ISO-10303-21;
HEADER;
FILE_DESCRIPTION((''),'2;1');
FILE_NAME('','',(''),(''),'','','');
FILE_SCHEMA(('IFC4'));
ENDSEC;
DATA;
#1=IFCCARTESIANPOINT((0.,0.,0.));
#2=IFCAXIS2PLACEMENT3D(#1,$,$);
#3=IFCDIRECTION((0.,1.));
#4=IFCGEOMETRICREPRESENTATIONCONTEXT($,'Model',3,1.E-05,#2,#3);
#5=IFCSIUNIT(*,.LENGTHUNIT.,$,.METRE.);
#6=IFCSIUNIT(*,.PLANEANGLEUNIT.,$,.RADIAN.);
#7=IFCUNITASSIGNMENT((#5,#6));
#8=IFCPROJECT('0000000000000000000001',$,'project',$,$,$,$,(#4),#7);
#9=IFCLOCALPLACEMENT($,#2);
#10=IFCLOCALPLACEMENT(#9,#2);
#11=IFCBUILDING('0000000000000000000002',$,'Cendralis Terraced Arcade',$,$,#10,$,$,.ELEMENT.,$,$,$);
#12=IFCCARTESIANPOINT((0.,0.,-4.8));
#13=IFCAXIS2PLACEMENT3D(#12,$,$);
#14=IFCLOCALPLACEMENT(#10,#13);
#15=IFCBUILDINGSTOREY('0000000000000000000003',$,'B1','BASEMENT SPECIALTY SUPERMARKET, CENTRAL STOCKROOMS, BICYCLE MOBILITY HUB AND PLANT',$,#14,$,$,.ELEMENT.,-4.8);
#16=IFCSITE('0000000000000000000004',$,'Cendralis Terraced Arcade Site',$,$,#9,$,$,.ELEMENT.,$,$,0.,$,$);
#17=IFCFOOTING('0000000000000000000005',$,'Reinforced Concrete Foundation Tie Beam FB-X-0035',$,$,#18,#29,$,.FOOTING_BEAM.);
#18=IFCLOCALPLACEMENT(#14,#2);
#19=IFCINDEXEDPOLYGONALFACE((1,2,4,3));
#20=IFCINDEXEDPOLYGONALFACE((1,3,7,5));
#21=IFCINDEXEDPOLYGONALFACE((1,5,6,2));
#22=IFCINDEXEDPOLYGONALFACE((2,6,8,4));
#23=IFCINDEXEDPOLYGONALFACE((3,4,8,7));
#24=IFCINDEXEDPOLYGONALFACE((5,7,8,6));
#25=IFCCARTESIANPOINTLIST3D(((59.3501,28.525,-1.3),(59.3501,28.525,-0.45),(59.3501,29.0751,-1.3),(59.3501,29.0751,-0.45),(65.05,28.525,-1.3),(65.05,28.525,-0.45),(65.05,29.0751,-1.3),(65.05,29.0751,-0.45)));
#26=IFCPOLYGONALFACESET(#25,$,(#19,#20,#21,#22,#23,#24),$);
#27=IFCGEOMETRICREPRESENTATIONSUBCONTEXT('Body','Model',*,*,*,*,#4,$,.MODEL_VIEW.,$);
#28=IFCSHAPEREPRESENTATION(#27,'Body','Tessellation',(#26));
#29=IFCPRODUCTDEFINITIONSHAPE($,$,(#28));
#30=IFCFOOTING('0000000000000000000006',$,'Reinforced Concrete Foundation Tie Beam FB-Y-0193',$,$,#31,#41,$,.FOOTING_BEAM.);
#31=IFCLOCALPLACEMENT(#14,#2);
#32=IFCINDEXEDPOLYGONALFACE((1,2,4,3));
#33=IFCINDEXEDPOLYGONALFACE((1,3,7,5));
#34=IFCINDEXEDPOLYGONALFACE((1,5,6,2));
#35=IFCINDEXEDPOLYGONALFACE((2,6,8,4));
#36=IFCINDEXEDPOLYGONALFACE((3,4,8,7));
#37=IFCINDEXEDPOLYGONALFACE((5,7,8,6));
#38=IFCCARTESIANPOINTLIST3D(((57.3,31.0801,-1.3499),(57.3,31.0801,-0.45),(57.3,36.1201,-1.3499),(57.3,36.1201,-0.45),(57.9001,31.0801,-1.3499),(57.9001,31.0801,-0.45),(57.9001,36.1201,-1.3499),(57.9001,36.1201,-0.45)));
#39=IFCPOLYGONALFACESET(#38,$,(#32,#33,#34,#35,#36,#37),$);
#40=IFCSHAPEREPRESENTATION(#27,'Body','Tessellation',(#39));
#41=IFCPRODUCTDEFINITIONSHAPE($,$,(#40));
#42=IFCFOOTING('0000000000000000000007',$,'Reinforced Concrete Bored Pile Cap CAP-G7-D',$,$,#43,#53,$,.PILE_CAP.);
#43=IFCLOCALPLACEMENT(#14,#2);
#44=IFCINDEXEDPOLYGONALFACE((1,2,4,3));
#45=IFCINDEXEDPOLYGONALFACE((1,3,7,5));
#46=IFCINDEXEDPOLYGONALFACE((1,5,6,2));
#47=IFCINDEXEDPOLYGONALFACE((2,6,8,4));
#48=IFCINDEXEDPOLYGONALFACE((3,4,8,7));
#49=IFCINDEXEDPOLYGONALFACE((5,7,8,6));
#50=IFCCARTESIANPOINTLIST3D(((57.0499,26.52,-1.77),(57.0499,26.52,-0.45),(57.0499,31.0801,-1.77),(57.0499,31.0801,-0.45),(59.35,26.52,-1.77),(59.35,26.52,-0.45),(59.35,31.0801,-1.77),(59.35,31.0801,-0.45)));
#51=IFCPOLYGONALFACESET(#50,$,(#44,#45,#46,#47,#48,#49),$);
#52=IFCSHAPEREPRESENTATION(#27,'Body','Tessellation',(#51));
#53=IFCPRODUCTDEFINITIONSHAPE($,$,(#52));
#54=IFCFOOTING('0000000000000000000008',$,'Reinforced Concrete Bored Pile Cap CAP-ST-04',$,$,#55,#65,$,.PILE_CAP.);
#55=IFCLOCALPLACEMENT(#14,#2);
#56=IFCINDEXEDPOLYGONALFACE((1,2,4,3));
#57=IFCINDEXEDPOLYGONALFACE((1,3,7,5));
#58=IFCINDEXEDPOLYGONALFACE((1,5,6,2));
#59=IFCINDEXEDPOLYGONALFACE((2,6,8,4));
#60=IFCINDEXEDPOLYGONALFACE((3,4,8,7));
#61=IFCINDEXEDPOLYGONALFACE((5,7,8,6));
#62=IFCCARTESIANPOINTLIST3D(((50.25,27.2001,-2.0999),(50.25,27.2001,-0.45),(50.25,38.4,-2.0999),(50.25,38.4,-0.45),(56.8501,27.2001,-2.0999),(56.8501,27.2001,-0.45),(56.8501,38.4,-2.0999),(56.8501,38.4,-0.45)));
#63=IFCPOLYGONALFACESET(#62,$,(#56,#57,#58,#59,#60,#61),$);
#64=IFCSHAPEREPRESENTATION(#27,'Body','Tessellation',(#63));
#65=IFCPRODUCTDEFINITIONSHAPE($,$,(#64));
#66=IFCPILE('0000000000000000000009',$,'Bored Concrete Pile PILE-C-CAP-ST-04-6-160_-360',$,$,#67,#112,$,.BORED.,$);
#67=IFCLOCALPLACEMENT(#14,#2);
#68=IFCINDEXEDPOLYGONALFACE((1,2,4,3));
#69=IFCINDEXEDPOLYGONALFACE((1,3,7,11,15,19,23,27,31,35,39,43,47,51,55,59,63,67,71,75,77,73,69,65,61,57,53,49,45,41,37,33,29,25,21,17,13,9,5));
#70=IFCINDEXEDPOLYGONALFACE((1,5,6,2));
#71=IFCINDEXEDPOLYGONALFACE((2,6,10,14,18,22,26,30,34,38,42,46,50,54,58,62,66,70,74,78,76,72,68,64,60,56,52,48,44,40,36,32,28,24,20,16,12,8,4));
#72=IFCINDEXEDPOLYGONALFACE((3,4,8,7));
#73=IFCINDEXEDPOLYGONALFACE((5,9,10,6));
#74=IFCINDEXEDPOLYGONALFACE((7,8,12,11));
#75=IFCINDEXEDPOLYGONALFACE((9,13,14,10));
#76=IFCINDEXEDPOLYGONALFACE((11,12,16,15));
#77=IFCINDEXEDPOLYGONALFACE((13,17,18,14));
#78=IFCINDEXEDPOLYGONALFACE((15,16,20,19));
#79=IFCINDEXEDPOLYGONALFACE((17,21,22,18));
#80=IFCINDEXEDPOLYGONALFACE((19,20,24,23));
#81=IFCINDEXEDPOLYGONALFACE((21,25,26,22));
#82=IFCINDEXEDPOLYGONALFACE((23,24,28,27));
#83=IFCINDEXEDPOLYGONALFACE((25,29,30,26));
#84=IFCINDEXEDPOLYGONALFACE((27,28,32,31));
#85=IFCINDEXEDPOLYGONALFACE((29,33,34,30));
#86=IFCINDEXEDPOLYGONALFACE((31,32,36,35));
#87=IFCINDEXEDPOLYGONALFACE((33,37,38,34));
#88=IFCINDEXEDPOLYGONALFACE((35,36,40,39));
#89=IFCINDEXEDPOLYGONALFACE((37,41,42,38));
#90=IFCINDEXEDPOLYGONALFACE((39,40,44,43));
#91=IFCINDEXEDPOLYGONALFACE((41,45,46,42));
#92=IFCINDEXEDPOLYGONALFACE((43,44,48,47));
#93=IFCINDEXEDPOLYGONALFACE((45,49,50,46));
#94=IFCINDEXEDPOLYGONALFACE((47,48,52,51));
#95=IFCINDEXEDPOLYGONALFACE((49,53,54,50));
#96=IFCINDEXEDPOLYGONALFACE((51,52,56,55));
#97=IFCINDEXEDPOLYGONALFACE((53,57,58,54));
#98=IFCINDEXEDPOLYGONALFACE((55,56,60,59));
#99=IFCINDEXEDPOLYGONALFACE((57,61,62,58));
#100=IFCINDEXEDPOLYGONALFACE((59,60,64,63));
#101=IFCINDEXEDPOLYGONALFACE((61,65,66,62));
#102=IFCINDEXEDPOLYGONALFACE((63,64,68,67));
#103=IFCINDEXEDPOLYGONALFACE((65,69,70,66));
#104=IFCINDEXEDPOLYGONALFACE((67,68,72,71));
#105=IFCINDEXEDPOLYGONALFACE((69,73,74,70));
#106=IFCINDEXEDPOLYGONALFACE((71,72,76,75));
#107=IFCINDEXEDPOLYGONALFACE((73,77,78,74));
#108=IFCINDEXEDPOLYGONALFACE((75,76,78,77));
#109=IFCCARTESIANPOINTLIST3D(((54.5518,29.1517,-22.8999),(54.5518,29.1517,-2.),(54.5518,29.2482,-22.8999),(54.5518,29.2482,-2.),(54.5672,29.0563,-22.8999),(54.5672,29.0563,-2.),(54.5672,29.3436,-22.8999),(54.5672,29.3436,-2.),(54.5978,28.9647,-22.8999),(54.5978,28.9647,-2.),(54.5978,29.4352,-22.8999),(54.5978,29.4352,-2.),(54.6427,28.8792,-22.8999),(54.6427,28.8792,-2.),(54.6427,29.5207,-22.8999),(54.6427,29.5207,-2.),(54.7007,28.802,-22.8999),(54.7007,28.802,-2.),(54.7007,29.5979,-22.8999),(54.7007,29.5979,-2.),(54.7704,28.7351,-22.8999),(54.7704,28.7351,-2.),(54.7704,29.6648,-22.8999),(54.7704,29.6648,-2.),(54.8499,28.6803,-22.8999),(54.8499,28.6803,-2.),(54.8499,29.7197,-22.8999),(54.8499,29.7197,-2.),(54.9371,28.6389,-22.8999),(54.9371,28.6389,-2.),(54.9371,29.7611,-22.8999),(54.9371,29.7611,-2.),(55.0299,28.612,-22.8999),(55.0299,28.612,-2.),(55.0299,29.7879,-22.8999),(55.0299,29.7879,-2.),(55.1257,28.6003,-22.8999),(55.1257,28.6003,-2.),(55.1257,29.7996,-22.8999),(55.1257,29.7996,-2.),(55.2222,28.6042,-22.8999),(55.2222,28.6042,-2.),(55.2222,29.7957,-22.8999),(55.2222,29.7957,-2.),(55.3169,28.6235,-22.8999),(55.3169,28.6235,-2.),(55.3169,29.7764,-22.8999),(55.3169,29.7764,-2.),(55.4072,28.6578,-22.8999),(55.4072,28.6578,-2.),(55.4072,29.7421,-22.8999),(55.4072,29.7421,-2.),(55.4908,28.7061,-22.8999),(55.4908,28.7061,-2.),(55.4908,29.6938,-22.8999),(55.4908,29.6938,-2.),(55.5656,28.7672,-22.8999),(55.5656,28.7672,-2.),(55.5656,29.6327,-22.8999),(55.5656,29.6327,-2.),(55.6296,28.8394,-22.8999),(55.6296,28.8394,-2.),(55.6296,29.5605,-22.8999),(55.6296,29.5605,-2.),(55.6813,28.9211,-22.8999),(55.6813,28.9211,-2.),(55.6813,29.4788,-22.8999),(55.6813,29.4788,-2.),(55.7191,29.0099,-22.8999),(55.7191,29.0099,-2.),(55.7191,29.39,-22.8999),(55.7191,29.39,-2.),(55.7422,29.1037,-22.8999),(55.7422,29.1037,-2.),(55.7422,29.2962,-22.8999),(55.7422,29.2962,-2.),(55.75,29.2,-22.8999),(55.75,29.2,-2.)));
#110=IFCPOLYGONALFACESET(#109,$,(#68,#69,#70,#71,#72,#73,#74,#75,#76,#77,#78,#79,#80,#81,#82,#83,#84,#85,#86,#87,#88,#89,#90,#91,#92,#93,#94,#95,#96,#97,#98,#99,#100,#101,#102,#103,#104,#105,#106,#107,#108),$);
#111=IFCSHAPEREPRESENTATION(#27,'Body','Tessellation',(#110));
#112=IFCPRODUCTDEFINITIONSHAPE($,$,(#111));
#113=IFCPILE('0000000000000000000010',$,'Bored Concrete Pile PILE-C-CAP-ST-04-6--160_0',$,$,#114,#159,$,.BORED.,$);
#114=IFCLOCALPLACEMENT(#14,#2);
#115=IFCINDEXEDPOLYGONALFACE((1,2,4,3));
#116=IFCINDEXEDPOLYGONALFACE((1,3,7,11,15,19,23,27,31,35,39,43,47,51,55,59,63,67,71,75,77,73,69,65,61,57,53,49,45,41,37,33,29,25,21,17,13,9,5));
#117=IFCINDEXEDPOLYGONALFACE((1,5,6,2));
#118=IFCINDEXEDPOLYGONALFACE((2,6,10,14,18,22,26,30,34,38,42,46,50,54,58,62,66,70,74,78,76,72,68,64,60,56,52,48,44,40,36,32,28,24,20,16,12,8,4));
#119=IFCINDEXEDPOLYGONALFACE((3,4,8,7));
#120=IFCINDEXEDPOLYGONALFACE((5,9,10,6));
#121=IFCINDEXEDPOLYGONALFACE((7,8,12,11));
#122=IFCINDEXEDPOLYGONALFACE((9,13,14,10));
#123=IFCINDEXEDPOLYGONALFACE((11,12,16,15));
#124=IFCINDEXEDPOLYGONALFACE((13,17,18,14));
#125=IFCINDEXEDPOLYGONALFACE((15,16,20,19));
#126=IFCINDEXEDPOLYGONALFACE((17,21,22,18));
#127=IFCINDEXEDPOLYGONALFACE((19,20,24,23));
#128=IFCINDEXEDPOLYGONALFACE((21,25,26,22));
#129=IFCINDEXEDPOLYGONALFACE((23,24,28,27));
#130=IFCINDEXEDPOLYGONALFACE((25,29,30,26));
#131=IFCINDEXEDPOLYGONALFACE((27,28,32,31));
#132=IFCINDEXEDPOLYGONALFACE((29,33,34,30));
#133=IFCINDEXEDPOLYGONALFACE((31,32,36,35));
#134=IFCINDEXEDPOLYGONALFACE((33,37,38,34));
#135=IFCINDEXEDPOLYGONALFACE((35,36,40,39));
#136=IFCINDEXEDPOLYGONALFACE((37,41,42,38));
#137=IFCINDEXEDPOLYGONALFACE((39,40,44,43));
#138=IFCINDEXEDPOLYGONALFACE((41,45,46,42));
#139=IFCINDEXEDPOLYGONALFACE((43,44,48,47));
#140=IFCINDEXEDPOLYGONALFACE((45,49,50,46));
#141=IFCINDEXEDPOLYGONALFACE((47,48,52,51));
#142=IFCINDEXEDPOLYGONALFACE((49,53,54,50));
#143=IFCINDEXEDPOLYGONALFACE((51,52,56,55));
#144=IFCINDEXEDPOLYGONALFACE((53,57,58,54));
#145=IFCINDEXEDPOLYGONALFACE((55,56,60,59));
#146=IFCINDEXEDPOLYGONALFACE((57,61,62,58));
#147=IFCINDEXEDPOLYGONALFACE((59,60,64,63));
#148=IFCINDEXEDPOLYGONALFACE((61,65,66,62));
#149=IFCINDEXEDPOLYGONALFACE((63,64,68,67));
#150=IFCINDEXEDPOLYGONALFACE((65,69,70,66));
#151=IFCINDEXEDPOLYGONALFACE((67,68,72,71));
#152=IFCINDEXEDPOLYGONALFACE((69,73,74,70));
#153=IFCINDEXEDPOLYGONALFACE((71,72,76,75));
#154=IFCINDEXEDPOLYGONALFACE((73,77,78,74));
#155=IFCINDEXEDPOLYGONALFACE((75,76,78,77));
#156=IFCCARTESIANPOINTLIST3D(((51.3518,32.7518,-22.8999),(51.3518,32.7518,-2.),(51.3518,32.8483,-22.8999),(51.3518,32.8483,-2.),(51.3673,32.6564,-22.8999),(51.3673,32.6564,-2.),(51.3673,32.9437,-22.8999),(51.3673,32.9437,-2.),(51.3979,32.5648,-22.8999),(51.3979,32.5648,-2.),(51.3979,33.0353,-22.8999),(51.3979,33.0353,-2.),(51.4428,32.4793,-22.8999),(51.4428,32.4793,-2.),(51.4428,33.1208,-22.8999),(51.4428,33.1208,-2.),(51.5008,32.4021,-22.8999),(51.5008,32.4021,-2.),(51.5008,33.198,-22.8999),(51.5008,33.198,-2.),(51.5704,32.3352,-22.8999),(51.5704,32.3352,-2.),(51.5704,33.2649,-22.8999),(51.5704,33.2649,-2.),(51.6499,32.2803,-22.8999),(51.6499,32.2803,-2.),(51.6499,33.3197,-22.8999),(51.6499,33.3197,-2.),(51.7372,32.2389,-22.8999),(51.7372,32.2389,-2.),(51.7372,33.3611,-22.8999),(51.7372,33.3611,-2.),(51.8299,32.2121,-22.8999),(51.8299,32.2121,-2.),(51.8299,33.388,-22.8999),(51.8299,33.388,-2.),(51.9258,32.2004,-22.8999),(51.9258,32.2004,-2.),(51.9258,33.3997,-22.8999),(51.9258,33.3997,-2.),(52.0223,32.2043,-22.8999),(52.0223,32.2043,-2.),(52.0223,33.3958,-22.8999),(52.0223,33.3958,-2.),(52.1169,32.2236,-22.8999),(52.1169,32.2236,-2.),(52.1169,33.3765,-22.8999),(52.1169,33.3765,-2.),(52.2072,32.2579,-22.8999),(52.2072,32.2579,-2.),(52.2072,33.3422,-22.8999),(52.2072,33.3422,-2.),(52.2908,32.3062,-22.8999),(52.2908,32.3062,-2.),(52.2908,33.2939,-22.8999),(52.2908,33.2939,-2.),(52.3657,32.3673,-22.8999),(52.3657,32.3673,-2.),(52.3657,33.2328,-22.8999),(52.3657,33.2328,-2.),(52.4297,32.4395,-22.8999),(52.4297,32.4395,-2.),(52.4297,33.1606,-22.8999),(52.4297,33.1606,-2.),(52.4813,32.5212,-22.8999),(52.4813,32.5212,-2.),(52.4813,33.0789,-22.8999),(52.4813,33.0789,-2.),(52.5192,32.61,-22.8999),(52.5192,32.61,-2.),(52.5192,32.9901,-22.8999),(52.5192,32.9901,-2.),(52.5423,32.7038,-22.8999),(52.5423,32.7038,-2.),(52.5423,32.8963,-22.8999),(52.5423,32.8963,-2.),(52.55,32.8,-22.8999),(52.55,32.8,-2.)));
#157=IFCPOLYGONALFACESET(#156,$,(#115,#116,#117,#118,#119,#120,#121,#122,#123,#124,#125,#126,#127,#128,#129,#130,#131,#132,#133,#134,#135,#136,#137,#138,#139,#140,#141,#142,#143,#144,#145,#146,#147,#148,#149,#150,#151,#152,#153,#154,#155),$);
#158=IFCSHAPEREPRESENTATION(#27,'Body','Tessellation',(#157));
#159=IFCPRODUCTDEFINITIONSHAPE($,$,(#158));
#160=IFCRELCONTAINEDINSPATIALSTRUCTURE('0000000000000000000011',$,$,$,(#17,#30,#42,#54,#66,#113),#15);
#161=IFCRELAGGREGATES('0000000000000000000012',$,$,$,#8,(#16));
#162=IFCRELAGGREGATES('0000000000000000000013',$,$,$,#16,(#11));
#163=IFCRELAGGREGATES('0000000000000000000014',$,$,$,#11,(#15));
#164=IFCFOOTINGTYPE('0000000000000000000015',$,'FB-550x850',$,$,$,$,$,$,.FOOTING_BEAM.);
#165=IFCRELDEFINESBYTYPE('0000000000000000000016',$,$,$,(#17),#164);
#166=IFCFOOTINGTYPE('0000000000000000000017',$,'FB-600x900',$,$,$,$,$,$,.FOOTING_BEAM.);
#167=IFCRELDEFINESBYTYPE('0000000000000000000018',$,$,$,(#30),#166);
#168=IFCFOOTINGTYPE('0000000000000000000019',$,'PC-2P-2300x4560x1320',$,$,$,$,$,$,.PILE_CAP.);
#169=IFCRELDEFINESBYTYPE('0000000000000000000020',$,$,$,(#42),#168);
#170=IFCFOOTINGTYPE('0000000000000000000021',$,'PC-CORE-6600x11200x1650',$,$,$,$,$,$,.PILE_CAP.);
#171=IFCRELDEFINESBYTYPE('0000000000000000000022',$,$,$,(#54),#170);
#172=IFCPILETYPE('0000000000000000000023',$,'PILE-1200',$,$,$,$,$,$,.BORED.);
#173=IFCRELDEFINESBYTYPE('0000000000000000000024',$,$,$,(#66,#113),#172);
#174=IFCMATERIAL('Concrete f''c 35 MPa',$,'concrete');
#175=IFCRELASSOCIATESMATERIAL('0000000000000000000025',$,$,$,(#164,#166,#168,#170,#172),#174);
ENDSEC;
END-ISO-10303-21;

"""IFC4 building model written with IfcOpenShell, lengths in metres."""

from ifc_helpers import new_model, si_unit, direction, frame, origin, origin_2d, place, context, subcontext, project, spatial, rectangle, circle, extrude, material, material_profile, profile_set, type_object, element, save


model = new_model("IFC4")

# Units and contexts
model_context = context("Model", 3, precision=1e-05, world=origin(), true_north=direction((0.0, 1.0)))
body_context = subcontext(model_context, "Body", "Model", "MODEL_VIEW")
ifc_project = project(units=[si_unit("LENGTHUNIT", "METRE"), si_unit("PLANEANGLEUNIT", "RADIAN")], contexts=[model_context])

# Site, building, storey
site_placement = place(None, origin())
site = spatial("IfcSite", under=ifc_project, at=site_placement, Name="Cendralis Terraced Arcade Site", CompositionType="ELEMENT", RefElevation=0.0)
building_placement = place(site_placement, origin())
building = spatial("IfcBuilding", under=site, at=building_placement, Name="Cendralis Terraced Arcade", CompositionType="ELEMENT")
storey_placement = place(building_placement, frame((0.0, 0.0, -4.8)))
storey = spatial("IfcBuildingStorey", under=building, at=storey_placement, Name="B1", Description="BASEMENT SPECIALTY SUPERMARKET, CENTRAL STOCKROOMS, BICYCLE MOBILITY HUB AND PLANT", CompositionType="ELEMENT", Elevation=-4.8)

# Footings
ifc_material_1 = material(Name="Concrete f'c 35 MPa", Category="concrete")
ifc_material_profile_1 = material_profile(ifc_material_1, rectangle(XDim=0.55, YDim=0.8501, at=origin_2d()), Name="FB-550x850", Category="LoadBearing")
ifc_profile_set_1 = profile_set([ifc_material_profile_1], Name="Concrete f'c 35 MPa")
footing_type_1 = type_object("IfcFootingType", Name="FB-550x850", PredefinedType="FOOTING_BEAM", material=ifc_profile_set_1)
footing_1_placement = place(storey_placement, frame((59.3501, 28.8, -0.875), z_axis=(1.0, 0.0, 0.0), x_axis=(0.0, 1.0, 0.0)))
element("IfcFooting", 1, at=footing_1_placement, inside=storey, type_object=footing_type_1, Name="Reinforced Concrete Foundation Tie Beam FB-X-0035", PredefinedType="FOOTING_BEAM", context=body_context, shape_type="SweptSolid", body=[
    extrude(rectangle(XDim=0.55, YDim=0.8501, at=origin_2d()), origin(), (0.0, 0.0, 1.0), 5.7),
])
ifc_material_profile_2 = material_profile(ifc_material_1, rectangle(XDim=0.6001, YDim=0.8999, at=origin_2d()), Name="FB-600x900", Category="LoadBearing")
ifc_profile_set_2 = profile_set([ifc_material_profile_2], Name="Concrete f'c 35 MPa")
footing_type_2 = type_object("IfcFootingType", Name="FB-600x900", PredefinedType="FOOTING_BEAM", material=ifc_profile_set_2)
footing_2_placement = place(storey_placement, frame((57.6001, 31.0801, -0.8999), z_axis=(0.0, 1.0, 0.0), x_axis=(-1.0, 0.0, 0.0)))
element("IfcFooting", 2, at=footing_2_placement, inside=storey, type_object=footing_type_2, Name="Reinforced Concrete Foundation Tie Beam FB-Y-0193", PredefinedType="FOOTING_BEAM", context=body_context, shape_type="SweptSolid", body=[
    extrude(rectangle(XDim=0.6001, YDim=0.8999, at=origin_2d()), origin(), (0.0, 0.0, 1.0), 5.04),
])
footing_type_3 = type_object("IfcFootingType", Name="PC-2P-2300x4560x1320", PredefinedType="PILE_CAP", material=ifc_material_1)
footing_3_placement = place(storey_placement, frame((58.2, 28.8, -1.77), z_axis=(0.0, 0.0, 1.0), x_axis=(1.0, 0.0, 0.0)))
element("IfcFooting", 3, at=footing_3_placement, inside=storey, type_object=footing_type_3, Name="Reinforced Concrete Bored Pile Cap CAP-G7-D", PredefinedType="PILE_CAP", context=body_context, shape_type="SweptSolid", body=[
    extrude(rectangle(XDim=2.3, YDim=4.5601, at=origin_2d()), origin(), (0.0, 0.0, 1.0), 1.3201),
])
footing_type_4 = type_object("IfcFootingType", Name="PC-CORE-6600x11200x1650", PredefinedType="PILE_CAP", material=ifc_material_1)
footing_4_placement = place(storey_placement, frame((53.55, 32.8, -2.0999), z_axis=(0.0, 0.0, 1.0), x_axis=(1.0, 0.0, 0.0)))
element("IfcFooting", 4, at=footing_4_placement, inside=storey, type_object=footing_type_4, Name="Reinforced Concrete Bored Pile Cap CAP-ST-04", PredefinedType="PILE_CAP", context=body_context, shape_type="SweptSolid", body=[
    extrude(rectangle(XDim=6.6001, YDim=11.2, at=origin_2d()), origin(), (0.0, 0.0, 1.0), 1.6499),
])

# Piles
ifc_material_profile_3 = material_profile(ifc_material_1, circle(Radius=0.6001, at=origin_2d()), Name="PILE-D1200", Category="LoadBearing")
ifc_profile_set_3 = profile_set([ifc_material_profile_3], Name="Concrete f'c 35 MPa")
pile_type = type_object("IfcPileType", Name="PILE-1200", PredefinedType="BORED", material=ifc_profile_set_3)
for number, where, z_axis, x_axis, name in (
    (5, (55.1499, 29.2, -2.0), (0.0, 0.0, -1.0), (1.0, 0.0, 0.0), "Bored Concrete Pile PILE-C-CAP-ST-04-6-160_-360"),
    (6, (51.95, 32.8, -2.0), (0.0, 0.0, -1.0), (1.0, 0.0, 0.0), "Bored Concrete Pile PILE-C-CAP-ST-04-6--160_0"),
):
    element("IfcPile", number, at=place(storey_placement, frame(where, z_axis=z_axis, x_axis=x_axis)), inside=storey, type_object=pile_type, Name=name, PredefinedType="BORED", context=body_context, shape_type="SweptSolid", body=[
        extrude(circle(Radius=0.6001, at=origin_2d()), origin(), (0.0, 0.0, 1.0), 20.8999),
    ])

save(model, "model.ifc")
